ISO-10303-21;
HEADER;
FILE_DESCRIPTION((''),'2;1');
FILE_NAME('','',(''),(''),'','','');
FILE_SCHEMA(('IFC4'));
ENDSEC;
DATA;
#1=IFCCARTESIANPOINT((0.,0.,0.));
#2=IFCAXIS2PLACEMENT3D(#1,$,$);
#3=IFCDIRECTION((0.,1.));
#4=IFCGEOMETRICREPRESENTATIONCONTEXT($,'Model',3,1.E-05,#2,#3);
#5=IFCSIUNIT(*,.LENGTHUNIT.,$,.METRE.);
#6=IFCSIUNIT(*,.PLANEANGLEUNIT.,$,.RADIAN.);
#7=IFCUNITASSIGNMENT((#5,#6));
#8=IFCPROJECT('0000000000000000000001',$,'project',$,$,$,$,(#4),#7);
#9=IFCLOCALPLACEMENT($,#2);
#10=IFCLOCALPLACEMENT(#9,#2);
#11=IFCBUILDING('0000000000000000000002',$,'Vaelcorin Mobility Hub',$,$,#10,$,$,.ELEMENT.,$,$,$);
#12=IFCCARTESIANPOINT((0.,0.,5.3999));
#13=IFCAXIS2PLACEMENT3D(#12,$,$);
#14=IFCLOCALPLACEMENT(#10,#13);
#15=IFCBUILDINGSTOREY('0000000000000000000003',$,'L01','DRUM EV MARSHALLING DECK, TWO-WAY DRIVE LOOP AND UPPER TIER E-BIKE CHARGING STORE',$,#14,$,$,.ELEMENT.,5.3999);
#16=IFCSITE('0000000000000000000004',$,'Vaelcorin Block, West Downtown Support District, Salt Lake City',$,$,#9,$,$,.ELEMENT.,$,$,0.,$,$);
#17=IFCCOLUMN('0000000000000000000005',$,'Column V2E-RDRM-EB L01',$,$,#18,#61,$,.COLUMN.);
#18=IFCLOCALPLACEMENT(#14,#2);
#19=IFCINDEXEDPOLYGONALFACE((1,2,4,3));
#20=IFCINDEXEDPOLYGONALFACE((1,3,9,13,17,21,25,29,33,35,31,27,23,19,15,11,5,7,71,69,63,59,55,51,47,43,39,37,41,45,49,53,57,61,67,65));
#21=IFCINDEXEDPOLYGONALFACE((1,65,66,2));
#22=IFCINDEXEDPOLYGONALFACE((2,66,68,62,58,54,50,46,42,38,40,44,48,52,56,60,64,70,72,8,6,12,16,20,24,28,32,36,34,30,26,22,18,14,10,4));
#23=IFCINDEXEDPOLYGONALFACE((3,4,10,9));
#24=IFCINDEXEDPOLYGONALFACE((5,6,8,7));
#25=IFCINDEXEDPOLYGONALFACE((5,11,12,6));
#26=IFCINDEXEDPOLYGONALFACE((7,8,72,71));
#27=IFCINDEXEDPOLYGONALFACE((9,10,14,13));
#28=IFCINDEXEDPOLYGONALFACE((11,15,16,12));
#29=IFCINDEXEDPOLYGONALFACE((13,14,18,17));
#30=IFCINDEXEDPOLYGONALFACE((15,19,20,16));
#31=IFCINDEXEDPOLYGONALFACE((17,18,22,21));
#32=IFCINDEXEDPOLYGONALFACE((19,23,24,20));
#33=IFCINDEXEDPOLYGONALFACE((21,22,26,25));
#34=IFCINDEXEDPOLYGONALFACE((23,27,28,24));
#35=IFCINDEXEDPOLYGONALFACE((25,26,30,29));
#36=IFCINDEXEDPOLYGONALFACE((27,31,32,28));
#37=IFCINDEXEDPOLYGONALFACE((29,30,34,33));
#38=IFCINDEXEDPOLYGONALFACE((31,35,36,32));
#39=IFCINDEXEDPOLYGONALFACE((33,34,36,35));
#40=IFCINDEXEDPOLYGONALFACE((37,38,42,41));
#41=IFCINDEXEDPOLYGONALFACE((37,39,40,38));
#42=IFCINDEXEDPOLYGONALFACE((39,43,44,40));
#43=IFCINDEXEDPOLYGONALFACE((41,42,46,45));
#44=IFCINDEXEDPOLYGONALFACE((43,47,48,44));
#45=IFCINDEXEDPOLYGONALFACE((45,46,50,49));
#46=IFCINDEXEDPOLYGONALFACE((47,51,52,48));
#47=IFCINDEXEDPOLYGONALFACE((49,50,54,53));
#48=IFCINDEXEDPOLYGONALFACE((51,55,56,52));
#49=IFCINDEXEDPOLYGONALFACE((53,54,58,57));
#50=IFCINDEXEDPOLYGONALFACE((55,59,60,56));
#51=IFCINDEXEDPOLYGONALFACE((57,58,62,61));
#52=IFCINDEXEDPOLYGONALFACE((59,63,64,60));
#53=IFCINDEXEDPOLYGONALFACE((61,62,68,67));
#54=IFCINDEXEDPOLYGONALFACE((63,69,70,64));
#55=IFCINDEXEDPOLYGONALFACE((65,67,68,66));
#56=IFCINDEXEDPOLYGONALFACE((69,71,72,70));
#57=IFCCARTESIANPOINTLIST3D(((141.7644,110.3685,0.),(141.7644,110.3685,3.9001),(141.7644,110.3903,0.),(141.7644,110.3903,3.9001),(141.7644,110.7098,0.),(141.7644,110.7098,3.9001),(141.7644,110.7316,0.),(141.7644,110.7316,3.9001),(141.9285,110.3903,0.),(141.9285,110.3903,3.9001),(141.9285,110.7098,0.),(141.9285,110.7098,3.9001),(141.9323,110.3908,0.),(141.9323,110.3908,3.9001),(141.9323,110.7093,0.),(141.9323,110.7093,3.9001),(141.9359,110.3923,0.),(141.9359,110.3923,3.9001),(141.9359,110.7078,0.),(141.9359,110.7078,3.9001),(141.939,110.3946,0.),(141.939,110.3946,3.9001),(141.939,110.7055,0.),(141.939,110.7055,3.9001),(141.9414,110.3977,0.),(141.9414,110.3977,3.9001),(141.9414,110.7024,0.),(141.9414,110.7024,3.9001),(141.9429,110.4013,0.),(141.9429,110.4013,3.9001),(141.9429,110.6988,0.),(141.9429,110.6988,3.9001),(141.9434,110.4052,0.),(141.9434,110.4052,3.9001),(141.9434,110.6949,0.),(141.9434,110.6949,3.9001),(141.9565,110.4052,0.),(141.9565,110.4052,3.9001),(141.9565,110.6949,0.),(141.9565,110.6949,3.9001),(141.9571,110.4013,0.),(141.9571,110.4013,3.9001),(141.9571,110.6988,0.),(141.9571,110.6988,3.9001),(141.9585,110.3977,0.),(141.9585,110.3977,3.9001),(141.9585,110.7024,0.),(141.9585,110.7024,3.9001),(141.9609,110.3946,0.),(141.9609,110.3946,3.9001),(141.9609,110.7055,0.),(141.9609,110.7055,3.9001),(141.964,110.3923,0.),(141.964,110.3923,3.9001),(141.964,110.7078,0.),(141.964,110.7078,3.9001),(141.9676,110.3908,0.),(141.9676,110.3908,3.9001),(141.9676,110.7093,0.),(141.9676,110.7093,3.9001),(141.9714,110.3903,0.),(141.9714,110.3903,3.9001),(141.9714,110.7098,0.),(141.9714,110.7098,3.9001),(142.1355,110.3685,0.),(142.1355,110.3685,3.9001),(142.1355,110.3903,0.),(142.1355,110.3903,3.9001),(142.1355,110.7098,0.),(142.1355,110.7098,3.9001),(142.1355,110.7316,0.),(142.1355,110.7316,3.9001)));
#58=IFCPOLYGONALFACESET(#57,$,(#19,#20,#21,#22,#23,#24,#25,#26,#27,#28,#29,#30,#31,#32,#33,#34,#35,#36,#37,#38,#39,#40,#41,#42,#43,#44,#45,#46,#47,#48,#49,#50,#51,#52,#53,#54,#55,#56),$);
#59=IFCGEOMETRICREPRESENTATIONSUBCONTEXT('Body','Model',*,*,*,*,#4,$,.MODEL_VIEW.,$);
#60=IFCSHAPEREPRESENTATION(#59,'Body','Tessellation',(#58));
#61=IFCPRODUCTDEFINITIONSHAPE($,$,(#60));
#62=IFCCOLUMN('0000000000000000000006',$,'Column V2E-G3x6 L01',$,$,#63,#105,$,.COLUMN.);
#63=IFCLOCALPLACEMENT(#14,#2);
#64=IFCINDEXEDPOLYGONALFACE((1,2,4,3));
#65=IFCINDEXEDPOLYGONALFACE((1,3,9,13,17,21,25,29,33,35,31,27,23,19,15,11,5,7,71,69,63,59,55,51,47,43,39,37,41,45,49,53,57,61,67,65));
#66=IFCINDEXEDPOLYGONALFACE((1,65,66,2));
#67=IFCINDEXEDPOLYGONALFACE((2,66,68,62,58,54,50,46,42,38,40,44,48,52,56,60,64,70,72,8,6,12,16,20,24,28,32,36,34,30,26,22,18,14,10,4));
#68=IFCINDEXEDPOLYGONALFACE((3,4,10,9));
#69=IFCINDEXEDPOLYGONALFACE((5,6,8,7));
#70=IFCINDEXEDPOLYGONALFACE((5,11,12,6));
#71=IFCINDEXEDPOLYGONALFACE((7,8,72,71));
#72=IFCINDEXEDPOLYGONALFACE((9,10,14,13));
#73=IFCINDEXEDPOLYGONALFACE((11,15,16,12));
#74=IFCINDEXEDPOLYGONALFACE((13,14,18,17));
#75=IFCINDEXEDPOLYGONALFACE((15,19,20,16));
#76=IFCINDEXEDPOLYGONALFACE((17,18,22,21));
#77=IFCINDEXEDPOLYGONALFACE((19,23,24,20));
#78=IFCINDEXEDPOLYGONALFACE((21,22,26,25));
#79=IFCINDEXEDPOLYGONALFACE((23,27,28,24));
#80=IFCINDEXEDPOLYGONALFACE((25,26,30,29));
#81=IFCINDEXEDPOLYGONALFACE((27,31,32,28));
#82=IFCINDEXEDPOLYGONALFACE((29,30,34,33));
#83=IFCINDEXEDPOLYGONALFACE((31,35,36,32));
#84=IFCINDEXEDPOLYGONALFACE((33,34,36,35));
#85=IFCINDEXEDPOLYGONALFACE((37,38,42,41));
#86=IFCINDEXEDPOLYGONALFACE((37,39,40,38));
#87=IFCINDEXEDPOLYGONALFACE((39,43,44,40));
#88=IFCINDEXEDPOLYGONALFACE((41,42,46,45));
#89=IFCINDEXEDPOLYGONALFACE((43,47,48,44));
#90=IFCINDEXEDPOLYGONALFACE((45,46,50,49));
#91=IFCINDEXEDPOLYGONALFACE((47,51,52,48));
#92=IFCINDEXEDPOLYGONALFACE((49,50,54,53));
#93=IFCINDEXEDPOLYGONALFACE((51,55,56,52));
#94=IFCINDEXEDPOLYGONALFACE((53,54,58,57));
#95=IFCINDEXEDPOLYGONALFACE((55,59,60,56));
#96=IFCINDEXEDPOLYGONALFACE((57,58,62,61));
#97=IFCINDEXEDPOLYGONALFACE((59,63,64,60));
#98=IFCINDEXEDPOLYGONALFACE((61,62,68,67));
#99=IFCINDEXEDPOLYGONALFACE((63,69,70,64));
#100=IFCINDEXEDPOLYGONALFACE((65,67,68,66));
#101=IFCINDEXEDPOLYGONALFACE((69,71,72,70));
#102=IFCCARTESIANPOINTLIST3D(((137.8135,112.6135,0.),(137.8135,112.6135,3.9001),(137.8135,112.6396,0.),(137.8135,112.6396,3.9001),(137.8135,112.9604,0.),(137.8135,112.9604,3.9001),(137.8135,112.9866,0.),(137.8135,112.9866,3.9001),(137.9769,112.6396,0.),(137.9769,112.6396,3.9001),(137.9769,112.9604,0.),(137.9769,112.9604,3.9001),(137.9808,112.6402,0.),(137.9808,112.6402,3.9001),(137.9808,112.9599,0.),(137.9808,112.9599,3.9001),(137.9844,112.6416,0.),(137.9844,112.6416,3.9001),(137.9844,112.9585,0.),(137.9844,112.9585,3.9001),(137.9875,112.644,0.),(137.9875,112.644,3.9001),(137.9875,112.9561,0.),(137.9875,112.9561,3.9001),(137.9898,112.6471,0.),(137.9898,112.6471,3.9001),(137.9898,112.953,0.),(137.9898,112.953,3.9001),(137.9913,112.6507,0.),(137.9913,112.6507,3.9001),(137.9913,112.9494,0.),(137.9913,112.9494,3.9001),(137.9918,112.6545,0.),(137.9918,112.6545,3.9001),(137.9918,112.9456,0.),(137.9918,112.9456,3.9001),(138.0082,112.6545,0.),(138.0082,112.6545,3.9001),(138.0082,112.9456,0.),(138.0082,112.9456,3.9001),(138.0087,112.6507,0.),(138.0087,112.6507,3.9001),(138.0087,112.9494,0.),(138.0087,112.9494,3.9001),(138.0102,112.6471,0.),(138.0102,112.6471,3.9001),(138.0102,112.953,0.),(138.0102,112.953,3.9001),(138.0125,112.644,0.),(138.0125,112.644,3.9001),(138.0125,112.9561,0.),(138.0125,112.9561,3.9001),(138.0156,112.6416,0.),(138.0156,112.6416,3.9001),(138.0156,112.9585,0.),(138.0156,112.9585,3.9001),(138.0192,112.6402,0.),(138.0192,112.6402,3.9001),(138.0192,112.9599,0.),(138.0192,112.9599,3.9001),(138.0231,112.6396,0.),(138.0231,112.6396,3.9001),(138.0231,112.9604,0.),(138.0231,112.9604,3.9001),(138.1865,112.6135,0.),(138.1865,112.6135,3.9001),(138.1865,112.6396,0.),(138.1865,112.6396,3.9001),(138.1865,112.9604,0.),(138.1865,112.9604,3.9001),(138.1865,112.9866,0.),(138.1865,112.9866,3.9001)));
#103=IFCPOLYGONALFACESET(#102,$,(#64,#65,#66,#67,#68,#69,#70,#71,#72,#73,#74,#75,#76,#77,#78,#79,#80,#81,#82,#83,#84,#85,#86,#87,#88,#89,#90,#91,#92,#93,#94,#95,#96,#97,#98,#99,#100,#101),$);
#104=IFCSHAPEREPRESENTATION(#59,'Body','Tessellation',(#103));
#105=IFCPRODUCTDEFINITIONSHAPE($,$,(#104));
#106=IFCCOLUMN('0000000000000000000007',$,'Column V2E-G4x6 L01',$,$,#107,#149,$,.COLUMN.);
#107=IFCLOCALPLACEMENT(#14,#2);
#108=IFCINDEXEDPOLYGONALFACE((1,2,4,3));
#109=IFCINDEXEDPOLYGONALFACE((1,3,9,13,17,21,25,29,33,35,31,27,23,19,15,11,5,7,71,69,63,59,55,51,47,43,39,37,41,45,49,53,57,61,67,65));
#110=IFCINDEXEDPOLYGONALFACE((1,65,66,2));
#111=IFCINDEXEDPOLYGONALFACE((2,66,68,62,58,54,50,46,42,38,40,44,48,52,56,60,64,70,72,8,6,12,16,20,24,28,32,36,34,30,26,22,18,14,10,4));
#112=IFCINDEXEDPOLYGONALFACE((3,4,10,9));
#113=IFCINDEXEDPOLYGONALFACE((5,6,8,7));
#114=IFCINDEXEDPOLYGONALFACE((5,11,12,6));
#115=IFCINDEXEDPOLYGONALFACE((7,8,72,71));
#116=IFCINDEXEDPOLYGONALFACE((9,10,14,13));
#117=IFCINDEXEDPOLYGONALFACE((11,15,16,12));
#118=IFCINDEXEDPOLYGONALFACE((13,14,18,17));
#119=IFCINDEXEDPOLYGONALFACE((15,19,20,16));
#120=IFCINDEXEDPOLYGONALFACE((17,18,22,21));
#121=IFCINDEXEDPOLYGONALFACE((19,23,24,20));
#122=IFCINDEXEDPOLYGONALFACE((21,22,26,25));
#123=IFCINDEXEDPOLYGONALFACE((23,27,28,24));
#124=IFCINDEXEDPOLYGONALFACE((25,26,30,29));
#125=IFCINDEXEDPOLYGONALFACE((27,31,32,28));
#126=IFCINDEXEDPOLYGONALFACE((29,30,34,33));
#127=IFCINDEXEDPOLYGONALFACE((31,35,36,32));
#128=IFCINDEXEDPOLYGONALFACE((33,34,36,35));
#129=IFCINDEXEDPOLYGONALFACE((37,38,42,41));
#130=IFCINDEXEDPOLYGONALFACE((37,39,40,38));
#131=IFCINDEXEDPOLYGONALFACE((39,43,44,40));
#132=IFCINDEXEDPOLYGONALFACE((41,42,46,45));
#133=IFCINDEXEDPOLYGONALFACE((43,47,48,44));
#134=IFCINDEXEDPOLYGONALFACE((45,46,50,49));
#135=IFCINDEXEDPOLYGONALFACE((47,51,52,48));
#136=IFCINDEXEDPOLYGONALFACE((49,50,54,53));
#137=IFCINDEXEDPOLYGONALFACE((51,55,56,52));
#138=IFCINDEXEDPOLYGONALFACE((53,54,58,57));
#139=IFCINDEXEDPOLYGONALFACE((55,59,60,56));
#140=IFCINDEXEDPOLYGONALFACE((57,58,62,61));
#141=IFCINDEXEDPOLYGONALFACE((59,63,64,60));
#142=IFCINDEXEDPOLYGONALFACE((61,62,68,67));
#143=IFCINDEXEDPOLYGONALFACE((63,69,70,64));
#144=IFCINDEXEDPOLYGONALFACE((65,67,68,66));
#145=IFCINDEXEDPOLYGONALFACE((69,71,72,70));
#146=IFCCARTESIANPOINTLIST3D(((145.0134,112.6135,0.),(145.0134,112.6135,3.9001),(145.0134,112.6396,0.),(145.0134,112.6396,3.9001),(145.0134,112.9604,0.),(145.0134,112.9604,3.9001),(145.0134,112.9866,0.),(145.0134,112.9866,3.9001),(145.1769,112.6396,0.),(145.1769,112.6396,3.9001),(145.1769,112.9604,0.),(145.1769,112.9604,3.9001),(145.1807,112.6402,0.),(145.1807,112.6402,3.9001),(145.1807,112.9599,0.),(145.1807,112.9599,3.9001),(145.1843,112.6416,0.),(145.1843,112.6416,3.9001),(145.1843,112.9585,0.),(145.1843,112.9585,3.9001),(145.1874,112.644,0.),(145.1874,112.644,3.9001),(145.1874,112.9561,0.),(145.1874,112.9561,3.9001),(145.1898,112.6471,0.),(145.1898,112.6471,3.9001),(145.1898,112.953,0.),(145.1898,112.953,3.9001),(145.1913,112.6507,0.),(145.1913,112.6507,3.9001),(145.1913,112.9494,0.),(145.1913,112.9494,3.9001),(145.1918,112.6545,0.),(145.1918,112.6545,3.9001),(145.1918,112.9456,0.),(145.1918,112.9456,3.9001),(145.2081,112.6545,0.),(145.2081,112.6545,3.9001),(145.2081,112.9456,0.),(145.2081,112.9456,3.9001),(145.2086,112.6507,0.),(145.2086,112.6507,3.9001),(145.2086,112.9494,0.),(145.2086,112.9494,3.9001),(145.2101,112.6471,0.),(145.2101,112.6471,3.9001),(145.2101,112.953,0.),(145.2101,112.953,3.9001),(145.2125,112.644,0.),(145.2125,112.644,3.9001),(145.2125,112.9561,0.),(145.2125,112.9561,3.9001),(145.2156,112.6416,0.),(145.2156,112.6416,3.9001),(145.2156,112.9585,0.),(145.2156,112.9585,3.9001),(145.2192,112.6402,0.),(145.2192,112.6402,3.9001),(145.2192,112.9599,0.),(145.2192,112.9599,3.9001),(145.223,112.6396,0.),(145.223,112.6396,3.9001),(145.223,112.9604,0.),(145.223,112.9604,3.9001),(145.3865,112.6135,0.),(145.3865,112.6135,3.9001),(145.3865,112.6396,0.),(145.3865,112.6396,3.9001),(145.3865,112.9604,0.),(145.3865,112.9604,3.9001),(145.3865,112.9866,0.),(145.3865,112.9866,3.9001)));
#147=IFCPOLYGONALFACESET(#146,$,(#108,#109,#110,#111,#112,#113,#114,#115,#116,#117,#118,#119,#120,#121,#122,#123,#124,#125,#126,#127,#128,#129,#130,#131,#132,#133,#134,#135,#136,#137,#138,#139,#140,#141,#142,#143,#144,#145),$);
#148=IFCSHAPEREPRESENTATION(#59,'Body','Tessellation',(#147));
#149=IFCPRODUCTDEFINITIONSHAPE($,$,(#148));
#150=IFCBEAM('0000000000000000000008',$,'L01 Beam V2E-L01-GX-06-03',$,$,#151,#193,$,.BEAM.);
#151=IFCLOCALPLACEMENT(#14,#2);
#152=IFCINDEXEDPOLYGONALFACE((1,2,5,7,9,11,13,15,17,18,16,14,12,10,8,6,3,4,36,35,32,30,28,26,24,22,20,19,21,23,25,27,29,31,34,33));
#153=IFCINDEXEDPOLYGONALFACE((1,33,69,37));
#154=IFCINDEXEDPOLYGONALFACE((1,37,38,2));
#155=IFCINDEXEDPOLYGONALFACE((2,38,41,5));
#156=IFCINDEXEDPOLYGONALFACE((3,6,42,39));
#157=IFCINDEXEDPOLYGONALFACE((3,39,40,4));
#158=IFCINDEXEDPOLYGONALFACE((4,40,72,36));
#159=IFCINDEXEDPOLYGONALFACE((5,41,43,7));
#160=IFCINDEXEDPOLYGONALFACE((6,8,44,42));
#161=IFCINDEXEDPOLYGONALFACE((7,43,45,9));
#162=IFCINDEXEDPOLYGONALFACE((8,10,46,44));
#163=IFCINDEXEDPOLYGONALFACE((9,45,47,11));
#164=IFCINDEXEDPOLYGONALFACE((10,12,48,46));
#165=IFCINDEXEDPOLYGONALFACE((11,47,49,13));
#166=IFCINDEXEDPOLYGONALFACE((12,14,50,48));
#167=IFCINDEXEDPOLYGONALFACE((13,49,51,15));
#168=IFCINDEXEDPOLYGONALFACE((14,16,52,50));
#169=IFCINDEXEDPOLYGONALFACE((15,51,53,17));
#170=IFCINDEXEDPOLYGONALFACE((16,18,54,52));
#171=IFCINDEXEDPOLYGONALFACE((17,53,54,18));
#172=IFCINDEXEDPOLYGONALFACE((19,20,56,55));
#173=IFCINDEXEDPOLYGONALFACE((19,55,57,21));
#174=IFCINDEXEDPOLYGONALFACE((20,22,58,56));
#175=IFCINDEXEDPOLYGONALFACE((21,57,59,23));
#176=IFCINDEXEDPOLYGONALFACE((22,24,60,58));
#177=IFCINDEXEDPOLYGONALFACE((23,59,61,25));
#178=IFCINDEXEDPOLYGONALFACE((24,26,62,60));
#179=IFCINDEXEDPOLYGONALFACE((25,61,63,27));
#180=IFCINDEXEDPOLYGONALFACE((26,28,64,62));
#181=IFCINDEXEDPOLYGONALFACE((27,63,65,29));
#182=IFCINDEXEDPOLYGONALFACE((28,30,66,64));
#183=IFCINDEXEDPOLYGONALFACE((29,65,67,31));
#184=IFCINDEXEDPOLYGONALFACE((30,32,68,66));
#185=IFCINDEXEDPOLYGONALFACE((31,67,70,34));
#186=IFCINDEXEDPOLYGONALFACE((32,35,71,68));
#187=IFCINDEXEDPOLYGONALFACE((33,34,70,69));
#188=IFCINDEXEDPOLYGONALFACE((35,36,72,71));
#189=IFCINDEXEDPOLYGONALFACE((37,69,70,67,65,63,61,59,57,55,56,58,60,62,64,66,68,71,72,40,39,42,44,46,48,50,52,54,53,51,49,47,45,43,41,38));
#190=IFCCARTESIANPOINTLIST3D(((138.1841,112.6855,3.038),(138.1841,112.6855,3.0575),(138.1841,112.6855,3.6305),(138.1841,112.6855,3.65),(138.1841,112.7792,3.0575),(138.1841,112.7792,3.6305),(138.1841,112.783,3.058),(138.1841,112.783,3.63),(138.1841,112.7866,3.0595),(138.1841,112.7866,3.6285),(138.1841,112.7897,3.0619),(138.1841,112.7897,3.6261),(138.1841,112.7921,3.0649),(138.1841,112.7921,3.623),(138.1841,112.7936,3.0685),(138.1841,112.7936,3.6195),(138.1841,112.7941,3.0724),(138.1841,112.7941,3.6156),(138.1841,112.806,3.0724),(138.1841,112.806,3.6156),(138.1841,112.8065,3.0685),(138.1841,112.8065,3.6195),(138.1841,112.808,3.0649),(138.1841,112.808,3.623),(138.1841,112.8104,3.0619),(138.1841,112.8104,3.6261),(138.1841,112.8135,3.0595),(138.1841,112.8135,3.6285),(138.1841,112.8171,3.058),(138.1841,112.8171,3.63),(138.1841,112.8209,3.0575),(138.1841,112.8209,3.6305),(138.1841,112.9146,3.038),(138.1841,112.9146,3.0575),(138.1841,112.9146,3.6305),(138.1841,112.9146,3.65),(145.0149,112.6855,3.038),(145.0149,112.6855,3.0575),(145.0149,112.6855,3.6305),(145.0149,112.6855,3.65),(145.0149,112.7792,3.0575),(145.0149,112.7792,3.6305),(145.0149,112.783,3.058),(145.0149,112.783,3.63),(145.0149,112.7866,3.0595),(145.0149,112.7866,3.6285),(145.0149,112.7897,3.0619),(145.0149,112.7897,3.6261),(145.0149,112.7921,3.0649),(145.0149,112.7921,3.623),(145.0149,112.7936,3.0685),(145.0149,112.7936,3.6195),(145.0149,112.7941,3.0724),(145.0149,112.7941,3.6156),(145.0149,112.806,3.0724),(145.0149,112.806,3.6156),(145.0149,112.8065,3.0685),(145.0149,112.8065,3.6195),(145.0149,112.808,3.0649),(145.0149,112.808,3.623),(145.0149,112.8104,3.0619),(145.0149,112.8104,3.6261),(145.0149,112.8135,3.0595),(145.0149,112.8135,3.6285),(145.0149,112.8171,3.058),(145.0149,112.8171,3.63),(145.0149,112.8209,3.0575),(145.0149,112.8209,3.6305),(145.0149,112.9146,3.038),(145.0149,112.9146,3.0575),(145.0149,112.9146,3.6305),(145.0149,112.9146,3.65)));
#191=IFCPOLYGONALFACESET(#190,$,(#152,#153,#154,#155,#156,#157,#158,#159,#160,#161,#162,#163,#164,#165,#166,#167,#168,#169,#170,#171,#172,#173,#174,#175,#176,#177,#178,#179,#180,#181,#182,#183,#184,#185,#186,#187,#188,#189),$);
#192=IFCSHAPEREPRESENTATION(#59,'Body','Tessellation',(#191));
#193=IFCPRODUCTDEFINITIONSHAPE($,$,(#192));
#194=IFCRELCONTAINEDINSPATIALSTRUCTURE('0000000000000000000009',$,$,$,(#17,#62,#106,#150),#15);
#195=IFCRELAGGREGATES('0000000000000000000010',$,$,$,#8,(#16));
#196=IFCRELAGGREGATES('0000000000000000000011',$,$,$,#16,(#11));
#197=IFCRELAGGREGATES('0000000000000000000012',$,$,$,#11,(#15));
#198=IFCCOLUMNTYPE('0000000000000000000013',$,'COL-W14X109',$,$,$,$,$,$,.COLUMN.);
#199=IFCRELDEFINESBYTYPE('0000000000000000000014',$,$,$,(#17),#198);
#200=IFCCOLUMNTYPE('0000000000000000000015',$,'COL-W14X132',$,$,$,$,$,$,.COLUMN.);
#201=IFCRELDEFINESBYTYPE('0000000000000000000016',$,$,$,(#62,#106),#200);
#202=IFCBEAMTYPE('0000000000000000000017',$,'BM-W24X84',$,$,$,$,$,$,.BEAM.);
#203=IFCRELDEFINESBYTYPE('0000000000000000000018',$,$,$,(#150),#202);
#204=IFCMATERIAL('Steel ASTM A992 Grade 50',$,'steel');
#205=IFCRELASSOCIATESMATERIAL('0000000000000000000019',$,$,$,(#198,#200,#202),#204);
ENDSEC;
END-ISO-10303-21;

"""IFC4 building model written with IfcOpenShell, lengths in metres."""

from ifc_helpers import new_model, si_unit, direction, frame, origin, origin_2d, place, context, subcontext, project, spatial, i_section, extrude, material, material_profile, profile_set, type_object, element, save


model = new_model("IFC4")

# Units and contexts
model_context = context("Model", 3, precision=1e-05, world=origin(), true_north=direction((0.0, 1.0)))
body_context = subcontext(model_context, "Body", "Model", "MODEL_VIEW")
ifc_project = project(units=[si_unit("LENGTHUNIT", "METRE"), si_unit("PLANEANGLEUNIT", "RADIAN")], contexts=[model_context])

# Site, building, storey
site_placement = place(None, origin())
site = spatial("IfcSite", under=ifc_project, at=site_placement, Name="Vaelcorin Block, West Downtown Support District, Salt Lake City", CompositionType="ELEMENT", RefElevation=0.0)
building_placement = place(site_placement, origin())
building = spatial("IfcBuilding", under=site, at=building_placement, Name="Vaelcorin Mobility Hub", CompositionType="ELEMENT")
storey_placement = place(building_placement, frame((0.0, 0.0, 5.3999)))
storey = spatial("IfcBuildingStorey", under=building, at=storey_placement, Name="L01", Description="DRUM EV MARSHALLING DECK, TWO-WAY DRIVE LOOP AND UPPER TIER E-BIKE CHARGING STORE", CompositionType="ELEMENT", Elevation=5.3999)

# Columns
ifc_material_1 = material(Name="Steel ASTM A992 Grade 50", Category="steel")
ifc_material_profile_1 = material_profile(ifc_material_1, i_section(OverallWidth=0.3711, OverallDepth=0.363, WebThickness=0.0132, FlangeThickness=0.0217, FilletRadius=0.0149, at=origin_2d()), Name="W14X109")
ifc_profile_set_1 = profile_set([ifc_material_profile_1], Name="Steel ASTM A992 Grade 50")
column_type_1 = type_object("IfcColumnType", Name="COL-W14X109", PredefinedType="COLUMN", material=ifc_profile_set_1)
column_placement = place(storey_placement, frame((141.95, 110.55, 0.0), z_axis=(0.0, 0.0, 1.0), x_axis=(1.0, 0.0, 0.0)))
element("IfcColumn", 1, at=column_placement, inside=storey, type_object=column_type_1, Name="Column V2E-RDRM-EB L01", PredefinedType="COLUMN", context=body_context, shape_type="SweptSolid", body=[
    extrude(i_section(OverallWidth=0.3711, OverallDepth=0.363, WebThickness=0.0132, FlangeThickness=0.0217, FilletRadius=0.0149, at=origin_2d()), origin(), (0.0, 0.0, 1.0), 3.9001),
])
ifc_material_profile_2 = material_profile(ifc_material_1, i_section(OverallWidth=0.373, OverallDepth=0.373, WebThickness=0.0164, FlangeThickness=0.0261, FilletRadius=0.0149, at=origin_2d()), Name="W14X132")
ifc_profile_set_2 = profile_set([ifc_material_profile_2], Name="Steel ASTM A992 Grade 50")
column_type_2 = type_object("IfcColumnType", Name="COL-W14X132", PredefinedType="COLUMN", material=ifc_profile_set_2)
for number, where, z_axis, x_axis, name in (
    (2, (138.0, 112.8, 0.0), (0.0, 0.0, 1.0), (1.0, 0.0, 0.0), "Column V2E-G3x6 L01"),
    (3, (145.2, 112.8, 0.0), (0.0, 0.0, 1.0), (1.0, 0.0, 0.0), "Column V2E-G4x6 L01"),
):
    element("IfcColumn", number, at=place(storey_placement, frame(where, z_axis=z_axis, x_axis=x_axis)), inside=storey, type_object=column_type_2, Name=name, PredefinedType="COLUMN", context=body_context, shape_type="SweptSolid", body=[
        extrude(i_section(OverallWidth=0.373, OverallDepth=0.373, WebThickness=0.0164, FlangeThickness=0.0261, FilletRadius=0.0149, at=origin_2d()), origin(), (0.0, 0.0, 1.0), 3.9001),
    ])

# Beam
ifc_material_profile_3 = material_profile(ifc_material_1, i_section(OverallWidth=0.229, OverallDepth=0.6121, WebThickness=0.012, FlangeThickness=0.0195, FilletRadius=0.0149, at=origin_2d()), Name="W24X84")
ifc_profile_set_3 = profile_set([ifc_material_profile_3], Name="Steel ASTM A992 Grade 50")
beam_type = type_object("IfcBeamType", Name="BM-W24X84", PredefinedType="BEAM", material=ifc_profile_set_3)
beam_placement = place(storey_placement, frame((138.1841, 112.8, 3.344), z_axis=(1.0, 0.0, 0.0), x_axis=(0.0, 1.0, 0.0)))
element("IfcBeam", 4, at=beam_placement, inside=storey, type_object=beam_type, Name="L01 Beam V2E-L01-GX-06-03", PredefinedType="BEAM", context=body_context, shape_type="SweptSolid", body=[
    extrude(i_section(OverallWidth=0.229, OverallDepth=0.6121, WebThickness=0.012, FlangeThickness=0.0195, FilletRadius=0.0149, at=origin_2d()), origin(), (0.0, 0.0, 1.0), 6.8308),
])

save(model, "model.ifc")
